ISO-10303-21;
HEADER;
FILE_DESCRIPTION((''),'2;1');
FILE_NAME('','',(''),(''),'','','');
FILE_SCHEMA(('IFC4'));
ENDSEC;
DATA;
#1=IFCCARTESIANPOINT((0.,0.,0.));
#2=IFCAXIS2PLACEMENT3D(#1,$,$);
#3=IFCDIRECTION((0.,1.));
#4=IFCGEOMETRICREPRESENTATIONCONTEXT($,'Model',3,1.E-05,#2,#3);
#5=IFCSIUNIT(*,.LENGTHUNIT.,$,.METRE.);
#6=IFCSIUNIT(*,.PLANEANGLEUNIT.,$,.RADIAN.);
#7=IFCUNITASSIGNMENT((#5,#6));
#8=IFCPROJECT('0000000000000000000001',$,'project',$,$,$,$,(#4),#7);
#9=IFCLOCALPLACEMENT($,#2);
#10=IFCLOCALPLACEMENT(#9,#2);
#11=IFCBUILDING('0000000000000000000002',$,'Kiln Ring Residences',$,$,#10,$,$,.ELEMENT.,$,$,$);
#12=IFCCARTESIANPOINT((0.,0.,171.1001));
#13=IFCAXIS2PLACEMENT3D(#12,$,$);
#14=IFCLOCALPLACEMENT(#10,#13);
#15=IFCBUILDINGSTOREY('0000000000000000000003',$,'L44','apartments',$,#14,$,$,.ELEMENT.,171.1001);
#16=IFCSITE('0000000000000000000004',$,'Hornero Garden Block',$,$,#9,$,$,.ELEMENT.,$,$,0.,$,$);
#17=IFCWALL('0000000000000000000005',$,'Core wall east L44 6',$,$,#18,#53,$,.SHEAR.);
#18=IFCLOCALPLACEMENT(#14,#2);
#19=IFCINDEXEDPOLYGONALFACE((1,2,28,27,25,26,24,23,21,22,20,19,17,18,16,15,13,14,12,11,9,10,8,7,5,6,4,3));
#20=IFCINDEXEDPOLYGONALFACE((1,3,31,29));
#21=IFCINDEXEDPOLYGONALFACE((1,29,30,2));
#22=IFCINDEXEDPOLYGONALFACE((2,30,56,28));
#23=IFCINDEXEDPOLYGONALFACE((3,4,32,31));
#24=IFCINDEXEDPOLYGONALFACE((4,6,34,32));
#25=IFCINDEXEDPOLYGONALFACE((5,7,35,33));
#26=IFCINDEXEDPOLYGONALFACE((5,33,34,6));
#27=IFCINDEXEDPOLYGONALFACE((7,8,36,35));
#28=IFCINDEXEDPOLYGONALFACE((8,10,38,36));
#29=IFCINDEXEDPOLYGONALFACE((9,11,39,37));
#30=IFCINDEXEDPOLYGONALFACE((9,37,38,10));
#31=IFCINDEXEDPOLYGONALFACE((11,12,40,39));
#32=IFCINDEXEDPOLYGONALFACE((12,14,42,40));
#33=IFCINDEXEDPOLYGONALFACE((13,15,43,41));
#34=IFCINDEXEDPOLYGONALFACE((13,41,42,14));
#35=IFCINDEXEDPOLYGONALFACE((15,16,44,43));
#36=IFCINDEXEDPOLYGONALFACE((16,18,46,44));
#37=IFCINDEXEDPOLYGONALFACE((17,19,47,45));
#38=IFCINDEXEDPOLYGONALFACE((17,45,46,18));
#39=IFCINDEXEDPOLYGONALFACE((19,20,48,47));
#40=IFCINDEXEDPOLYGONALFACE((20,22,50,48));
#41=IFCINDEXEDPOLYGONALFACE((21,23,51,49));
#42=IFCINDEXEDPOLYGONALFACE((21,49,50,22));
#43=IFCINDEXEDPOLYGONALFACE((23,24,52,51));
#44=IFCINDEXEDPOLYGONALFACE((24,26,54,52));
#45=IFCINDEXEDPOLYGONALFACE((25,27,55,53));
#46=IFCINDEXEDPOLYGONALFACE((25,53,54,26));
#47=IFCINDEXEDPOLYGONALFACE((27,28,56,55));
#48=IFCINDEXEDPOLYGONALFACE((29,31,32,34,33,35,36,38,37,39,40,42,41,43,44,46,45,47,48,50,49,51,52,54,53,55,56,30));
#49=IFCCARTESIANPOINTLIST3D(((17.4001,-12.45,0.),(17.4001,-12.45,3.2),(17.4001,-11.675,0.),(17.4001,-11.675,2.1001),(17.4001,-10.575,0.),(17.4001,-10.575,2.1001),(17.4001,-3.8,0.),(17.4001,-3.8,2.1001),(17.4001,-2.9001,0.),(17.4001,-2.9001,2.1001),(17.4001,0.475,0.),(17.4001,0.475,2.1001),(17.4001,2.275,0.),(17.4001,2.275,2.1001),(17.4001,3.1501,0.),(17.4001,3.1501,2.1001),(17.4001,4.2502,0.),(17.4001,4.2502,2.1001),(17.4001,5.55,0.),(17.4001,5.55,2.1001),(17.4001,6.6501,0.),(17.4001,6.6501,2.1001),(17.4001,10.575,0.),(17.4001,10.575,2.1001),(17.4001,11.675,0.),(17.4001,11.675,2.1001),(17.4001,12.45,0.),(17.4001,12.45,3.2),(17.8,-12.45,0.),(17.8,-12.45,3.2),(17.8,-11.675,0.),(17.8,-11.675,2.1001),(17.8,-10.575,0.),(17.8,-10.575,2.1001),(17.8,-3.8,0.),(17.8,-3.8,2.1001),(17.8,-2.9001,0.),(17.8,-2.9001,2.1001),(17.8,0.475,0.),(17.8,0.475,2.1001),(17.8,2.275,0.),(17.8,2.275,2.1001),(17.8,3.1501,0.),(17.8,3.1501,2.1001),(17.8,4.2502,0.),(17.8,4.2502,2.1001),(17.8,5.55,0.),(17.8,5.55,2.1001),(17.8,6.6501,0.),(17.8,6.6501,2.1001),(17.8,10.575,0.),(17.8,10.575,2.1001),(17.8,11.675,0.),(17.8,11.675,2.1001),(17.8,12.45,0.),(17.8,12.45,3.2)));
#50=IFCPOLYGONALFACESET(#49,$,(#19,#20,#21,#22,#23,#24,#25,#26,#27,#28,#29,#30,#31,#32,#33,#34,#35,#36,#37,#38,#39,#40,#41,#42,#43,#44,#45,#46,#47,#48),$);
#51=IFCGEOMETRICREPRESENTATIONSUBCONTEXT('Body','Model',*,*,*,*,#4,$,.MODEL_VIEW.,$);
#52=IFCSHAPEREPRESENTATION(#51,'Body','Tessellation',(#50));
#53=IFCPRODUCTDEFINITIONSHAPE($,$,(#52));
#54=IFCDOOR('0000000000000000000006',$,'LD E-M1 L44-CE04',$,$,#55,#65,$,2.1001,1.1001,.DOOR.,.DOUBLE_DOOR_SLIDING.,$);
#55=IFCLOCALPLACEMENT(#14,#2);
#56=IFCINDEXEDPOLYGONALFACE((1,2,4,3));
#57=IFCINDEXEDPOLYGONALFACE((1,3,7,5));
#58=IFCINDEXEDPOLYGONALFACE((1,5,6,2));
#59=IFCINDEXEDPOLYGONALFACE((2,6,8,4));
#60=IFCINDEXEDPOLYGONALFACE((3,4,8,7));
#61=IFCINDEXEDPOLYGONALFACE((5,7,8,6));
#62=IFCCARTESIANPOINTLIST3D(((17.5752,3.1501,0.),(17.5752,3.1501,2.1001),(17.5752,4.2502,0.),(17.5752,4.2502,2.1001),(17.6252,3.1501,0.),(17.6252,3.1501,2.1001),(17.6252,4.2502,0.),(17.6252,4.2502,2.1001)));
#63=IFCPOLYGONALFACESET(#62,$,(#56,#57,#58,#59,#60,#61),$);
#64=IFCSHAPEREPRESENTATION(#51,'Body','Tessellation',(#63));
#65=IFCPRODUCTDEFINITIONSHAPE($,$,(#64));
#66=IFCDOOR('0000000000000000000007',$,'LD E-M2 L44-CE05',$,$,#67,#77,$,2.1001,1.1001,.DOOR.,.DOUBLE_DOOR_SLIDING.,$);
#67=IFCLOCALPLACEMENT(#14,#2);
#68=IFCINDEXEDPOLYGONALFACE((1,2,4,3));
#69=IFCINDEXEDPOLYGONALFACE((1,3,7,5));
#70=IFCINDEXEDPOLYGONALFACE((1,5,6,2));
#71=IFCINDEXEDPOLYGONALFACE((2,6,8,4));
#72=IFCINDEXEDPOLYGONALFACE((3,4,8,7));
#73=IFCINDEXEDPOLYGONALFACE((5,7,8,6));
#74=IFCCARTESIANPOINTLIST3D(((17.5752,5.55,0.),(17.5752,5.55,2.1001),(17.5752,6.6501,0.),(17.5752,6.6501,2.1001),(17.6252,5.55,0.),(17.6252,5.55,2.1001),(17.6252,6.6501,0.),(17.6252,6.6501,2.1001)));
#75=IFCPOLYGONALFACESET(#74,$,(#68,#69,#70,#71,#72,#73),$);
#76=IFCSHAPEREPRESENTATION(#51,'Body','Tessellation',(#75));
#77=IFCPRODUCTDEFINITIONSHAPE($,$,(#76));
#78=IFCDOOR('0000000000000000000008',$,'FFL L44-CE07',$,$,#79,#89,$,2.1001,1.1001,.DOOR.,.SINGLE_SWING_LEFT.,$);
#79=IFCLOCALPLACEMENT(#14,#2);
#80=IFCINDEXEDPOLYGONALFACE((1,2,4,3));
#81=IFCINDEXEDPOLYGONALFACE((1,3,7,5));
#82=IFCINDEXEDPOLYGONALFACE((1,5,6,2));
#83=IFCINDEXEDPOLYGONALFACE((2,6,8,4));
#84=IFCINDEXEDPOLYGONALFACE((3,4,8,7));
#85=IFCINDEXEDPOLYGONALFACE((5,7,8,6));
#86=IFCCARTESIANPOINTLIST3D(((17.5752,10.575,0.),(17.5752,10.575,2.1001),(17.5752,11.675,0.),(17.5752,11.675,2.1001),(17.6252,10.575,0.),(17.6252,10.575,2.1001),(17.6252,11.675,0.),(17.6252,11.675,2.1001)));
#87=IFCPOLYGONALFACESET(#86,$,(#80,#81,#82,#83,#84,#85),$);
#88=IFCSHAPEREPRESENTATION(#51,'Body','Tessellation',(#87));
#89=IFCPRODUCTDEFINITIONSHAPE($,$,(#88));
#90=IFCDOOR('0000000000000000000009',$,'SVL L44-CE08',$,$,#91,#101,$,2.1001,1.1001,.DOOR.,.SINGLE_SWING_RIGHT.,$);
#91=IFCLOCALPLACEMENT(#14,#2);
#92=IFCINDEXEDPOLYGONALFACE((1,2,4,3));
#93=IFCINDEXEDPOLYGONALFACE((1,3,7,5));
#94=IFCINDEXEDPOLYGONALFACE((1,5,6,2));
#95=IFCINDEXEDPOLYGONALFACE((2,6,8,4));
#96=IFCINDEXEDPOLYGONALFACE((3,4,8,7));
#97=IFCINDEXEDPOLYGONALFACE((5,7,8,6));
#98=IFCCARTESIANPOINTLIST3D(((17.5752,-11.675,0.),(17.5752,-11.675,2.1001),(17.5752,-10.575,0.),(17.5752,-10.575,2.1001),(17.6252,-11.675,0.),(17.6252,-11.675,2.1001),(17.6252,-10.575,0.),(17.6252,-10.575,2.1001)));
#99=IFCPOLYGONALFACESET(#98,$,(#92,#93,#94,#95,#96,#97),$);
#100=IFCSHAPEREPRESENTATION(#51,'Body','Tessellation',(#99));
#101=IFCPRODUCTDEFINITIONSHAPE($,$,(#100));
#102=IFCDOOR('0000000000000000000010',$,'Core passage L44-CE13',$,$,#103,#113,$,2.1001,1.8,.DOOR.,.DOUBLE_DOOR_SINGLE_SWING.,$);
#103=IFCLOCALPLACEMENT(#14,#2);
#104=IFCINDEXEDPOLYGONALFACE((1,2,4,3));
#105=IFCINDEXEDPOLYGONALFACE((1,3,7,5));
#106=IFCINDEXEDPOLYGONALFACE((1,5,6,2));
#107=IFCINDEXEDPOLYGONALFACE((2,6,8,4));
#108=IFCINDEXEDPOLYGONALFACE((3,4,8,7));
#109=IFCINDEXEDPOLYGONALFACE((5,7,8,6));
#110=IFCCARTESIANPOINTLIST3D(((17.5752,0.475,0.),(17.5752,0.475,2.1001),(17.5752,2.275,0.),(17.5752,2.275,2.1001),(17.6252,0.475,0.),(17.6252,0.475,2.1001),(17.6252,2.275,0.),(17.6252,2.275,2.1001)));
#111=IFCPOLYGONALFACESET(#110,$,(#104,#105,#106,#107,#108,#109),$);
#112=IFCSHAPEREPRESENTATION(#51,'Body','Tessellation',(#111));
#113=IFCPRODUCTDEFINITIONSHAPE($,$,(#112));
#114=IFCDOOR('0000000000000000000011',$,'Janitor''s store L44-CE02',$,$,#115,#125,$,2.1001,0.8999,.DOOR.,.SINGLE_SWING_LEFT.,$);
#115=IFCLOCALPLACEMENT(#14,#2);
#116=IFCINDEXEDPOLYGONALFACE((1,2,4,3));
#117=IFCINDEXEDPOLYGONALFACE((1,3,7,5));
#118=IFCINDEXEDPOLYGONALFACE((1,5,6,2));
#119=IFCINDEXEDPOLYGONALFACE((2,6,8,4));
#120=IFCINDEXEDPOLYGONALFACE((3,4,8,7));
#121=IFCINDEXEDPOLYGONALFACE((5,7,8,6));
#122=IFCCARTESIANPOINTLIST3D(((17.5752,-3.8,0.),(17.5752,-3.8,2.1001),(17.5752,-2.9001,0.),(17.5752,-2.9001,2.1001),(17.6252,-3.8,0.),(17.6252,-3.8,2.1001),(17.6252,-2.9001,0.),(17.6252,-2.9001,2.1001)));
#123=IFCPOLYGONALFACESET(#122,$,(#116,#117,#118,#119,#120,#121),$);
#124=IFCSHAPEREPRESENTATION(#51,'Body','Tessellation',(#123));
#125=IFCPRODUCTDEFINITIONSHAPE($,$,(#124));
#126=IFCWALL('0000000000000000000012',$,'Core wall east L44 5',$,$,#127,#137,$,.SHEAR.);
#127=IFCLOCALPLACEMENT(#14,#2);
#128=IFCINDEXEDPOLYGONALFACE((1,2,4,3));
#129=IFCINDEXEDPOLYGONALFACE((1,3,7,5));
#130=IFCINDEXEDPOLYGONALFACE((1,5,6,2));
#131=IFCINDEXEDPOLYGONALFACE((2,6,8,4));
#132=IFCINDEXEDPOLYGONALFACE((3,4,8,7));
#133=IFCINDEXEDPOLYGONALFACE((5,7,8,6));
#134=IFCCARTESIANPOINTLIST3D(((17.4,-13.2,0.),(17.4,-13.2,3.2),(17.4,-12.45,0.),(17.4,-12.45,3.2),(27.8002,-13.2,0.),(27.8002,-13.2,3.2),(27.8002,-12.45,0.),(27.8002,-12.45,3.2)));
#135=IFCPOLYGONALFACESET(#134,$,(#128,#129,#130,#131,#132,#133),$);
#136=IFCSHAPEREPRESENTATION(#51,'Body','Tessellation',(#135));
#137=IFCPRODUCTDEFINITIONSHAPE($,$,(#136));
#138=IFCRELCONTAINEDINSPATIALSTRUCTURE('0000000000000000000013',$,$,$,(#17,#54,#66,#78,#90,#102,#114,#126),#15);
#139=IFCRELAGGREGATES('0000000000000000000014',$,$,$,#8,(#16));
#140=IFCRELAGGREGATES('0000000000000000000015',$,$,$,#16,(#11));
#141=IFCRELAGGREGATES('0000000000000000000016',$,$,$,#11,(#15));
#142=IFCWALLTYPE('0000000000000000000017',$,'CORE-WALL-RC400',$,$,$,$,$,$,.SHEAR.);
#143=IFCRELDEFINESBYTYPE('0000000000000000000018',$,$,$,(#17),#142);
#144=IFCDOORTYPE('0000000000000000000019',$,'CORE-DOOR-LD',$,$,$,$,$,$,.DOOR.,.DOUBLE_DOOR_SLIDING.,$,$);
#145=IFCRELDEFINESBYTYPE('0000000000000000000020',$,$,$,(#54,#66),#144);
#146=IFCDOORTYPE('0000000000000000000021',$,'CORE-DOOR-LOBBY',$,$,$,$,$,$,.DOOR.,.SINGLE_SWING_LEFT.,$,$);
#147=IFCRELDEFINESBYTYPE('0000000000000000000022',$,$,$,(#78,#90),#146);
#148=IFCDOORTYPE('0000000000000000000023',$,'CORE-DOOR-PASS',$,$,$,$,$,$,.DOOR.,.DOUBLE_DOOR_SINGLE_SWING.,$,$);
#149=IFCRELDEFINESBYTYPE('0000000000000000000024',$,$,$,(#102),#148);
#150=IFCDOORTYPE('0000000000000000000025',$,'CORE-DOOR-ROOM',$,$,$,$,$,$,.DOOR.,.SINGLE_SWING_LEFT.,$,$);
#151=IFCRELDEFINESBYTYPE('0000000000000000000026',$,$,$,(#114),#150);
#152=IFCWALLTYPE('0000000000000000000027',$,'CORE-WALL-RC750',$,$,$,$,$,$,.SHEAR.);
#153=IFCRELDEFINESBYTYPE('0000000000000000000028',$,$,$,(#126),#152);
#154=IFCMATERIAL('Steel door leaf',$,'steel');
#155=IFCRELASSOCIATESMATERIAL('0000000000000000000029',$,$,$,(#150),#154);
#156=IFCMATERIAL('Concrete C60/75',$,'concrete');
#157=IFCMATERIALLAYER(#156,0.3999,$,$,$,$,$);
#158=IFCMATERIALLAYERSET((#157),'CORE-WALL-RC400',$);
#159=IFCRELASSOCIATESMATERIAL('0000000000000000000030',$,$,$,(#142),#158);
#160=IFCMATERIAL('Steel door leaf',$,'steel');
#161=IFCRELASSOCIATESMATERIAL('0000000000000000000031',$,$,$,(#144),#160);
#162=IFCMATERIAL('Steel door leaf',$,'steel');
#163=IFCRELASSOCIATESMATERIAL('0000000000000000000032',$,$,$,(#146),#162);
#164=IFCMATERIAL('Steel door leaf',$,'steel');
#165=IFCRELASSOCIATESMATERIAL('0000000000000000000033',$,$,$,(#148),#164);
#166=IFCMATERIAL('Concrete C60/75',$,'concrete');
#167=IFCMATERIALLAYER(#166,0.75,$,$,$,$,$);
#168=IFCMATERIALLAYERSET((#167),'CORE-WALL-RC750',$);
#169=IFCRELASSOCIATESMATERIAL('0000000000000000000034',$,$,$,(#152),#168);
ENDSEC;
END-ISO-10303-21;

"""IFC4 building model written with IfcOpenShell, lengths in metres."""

from ifc_helpers import new_model, si_unit, direction, frame, frame_2d, origin, place, context, subcontext, project, spatial, rectangle, extrude, material, layer, layer_set, type_object, element, fill, save


model = new_model("IFC4")

# Units and contexts
model_context = context("Model", 3, precision=1e-05, world=origin(), true_north=direction((0.0, 1.0)))
body_context = subcontext(model_context, "Body", "Model", "MODEL_VIEW")
ifc_project = project(units=[si_unit("LENGTHUNIT", "METRE"), si_unit("PLANEANGLEUNIT", "RADIAN")], contexts=[model_context])

# Site, building, storey
site_placement = place(None, origin())
site = spatial("IfcSite", under=ifc_project, at=site_placement, Name="Hornero Garden Block", CompositionType="ELEMENT", RefElevation=0.0)
building_placement = place(site_placement, origin())
building = spatial("IfcBuilding", under=site, at=building_placement, Name="Kiln Ring Residences", CompositionType="ELEMENT")
storey_placement = place(building_placement, frame((0.0, 0.0, 171.1001)))
storey = spatial("IfcBuildingStorey", under=building, at=storey_placement, Name="L44", Description="apartments", CompositionType="ELEMENT", Elevation=171.1001)

# Shared definitions
ifc_material_1 = material(Name="Steel door leaf", Category="steel")
door_type_1 = type_object("IfcDoorType", Name="CORE-DOOR-ROOM", OperationType="SINGLE_SWING_LEFT", PredefinedType="DOOR", material=ifc_material_1)

# Wall, openings, doors
ifc_material_2 = material(Name="Concrete C60/75", Category="concrete")
ifc_layer_1 = layer(ifc_material_2, 0.3999)
ifc_layer_set_1 = layer_set([ifc_layer_1], Name="CORE-WALL-RC400")
wall_type_1 = type_object("IfcWallType", Name="CORE-WALL-RC400", PredefinedType="SHEAR", material=ifc_layer_set_1)
wall_1_placement = place(storey_placement, frame((17.6001, -12.45, 0.0), z_axis=(0.0, 0.0, 1.0), x_axis=(0.0, 1.0, 0.0)))
wall_1 = element("IfcWall", 1, at=wall_1_placement, inside=storey, type_object=wall_type_1, Name="Core wall east L44 6", PredefinedType="SHEAR", context=body_context, shape_type="SweptSolid", body=[
    extrude(rectangle(XDim=24.8999, YDim=0.3999, at=frame_2d((12.45, 0.0))), origin(), (0.0, 0.0, 1.0), 3.2),
])
opening_1_placement = place(wall_1_placement, frame((8.6499, 0.0, 0.0)))
opening_1 = element("IfcOpeningElement", 2, at=opening_1_placement, cuts=wall_1, PredefinedType="OPENING", context=body_context, shape_type="SweptSolid", body=[
    extrude(rectangle(XDim=0.8999, YDim=2.1001, at=frame_2d((0.45, 1.05))), frame((0.0, 0.21, 0.0), z_axis=(0.0, -1.0, 0.0), x_axis=(1.0, 0.0, 0.0)), (0.0, 0.0, 1.0), 0.4199),
])
opening_2_placement = place(wall_1_placement, frame((15.6001, 0.0, 0.0)))
opening_2 = element("IfcOpeningElement", 3, at=opening_2_placement, cuts=wall_1, PredefinedType="OPENING", context=body_context, shape_type="SweptSolid", body=[
    extrude(rectangle(XDim=1.1001, YDim=2.1001, at=frame_2d((0.55, 1.05))), frame((0.0, 0.21, 0.0), z_axis=(0.0, -1.0, 0.0), x_axis=(1.0, 0.0, 0.0)), (0.0, 0.0, 1.0), 0.4199),
])
opening_3_placement = place(wall_1_placement, frame((18.0, 0.0, 0.0)))
opening_3 = element("IfcOpeningElement", 4, at=opening_3_placement, cuts=wall_1, PredefinedType="OPENING", context=body_context, shape_type="SweptSolid", body=[
    extrude(rectangle(XDim=1.1001, YDim=2.1001, at=frame_2d((0.55, 1.05))), frame((0.0, 0.21, 0.0), z_axis=(0.0, -1.0, 0.0), x_axis=(1.0, 0.0, 0.0)), (0.0, 0.0, 1.0), 0.4199),
])
opening_4_placement = place(wall_1_placement, frame((23.0249, 0.0, 0.0)))
opening_4 = element("IfcOpeningElement", 5, at=opening_4_placement, cuts=wall_1, PredefinedType="OPENING", context=body_context, shape_type="SweptSolid", body=[
    extrude(rectangle(XDim=1.1001, YDim=2.1001, at=frame_2d((0.55, 1.05))), frame((0.0, 0.21, 0.0), z_axis=(0.0, -1.0, 0.0), x_axis=(1.0, 0.0, 0.0)), (0.0, 0.0, 1.0), 0.4199),
])
opening_5_placement = place(wall_1_placement, frame((0.7749, 0.0, 0.0)))
opening_5 = element("IfcOpeningElement", 6, at=opening_5_placement, cuts=wall_1, PredefinedType="OPENING", context=body_context, shape_type="SweptSolid", body=[
    extrude(rectangle(XDim=1.1001, YDim=2.1001, at=frame_2d((0.55, 1.05))), frame((0.0, 0.21, 0.0), z_axis=(0.0, -1.0, 0.0), x_axis=(1.0, 0.0, 0.0)), (0.0, 0.0, 1.0), 0.4199),
])
opening_6_placement = place(wall_1_placement, frame((12.925, 0.0, 0.0)))
opening_6 = element("IfcOpeningElement", 7, at=opening_6_placement, cuts=wall_1, PredefinedType="OPENING", context=body_context, shape_type="SweptSolid", body=[
    extrude(rectangle(XDim=1.8, YDim=2.1001, at=frame_2d((0.8999, 1.05))), frame((0.0, 0.21, 0.0), z_axis=(0.0, -1.0, 0.0), x_axis=(1.0, 0.0, 0.0)), (0.0, 0.0, 1.0), 0.4199),
])
ifc_material_3 = material(Name="Steel door leaf", Category="steel")
door_type_2 = type_object("IfcDoorType", Name="CORE-DOOR-LD", OperationType="DOUBLE_DOOR_SLIDING", PredefinedType="DOOR", material=ifc_material_3)
door_1_placement = place(opening_2_placement, origin())
door_1 = element("IfcDoor", 8, at=door_1_placement, inside=storey, type_object=door_type_2, Name="LD E-M1 L44-CE04", OperationType="DOUBLE_DOOR_SLIDING", OverallHeight=2.1001, OverallWidth=1.1001, PredefinedType="DOOR", context=body_context, shape_type="SweptSolid", body=[
    extrude(rectangle(XDim=1.1001, YDim=2.1001, at=frame_2d((0.55, 1.05))), frame((0.0, 0.0249, 0.0), z_axis=(0.0, -1.0, 0.0), x_axis=(1.0, 0.0, 0.0)), (0.0, 0.0, 1.0), 0.05),
])
fill(opening_2, door_1)
door_2_placement = place(opening_3_placement, origin())
door_2 = element("IfcDoor", 9, at=door_2_placement, inside=storey, type_object=door_type_2, Name="LD E-M2 L44-CE05", OperationType="DOUBLE_DOOR_SLIDING", OverallHeight=2.1001, OverallWidth=1.1001, PredefinedType="DOOR", context=body_context, shape_type="SweptSolid", body=[
    extrude(rectangle(XDim=1.1001, YDim=2.1001, at=frame_2d((0.55, 1.05))), frame((0.0, 0.0249, 0.0), z_axis=(0.0, -1.0, 0.0), x_axis=(1.0, 0.0, 0.0)), (0.0, 0.0, 1.0), 0.05),
])
fill(opening_3, door_2)
ifc_material_4 = material(Name="Steel door leaf", Category="steel")
door_type_3 = type_object("IfcDoorType", Name="CORE-DOOR-LOBBY", OperationType="SINGLE_SWING_LEFT", PredefinedType="DOOR", material=ifc_material_4)
door_3_placement = place(opening_4_placement, origin())
door_3 = element("IfcDoor", 10, at=door_3_placement, inside=storey, type_object=door_type_3, Name="FFL L44-CE07", OperationType="SINGLE_SWING_LEFT", OverallHeight=2.1001, OverallWidth=1.1001, PredefinedType="DOOR", context=body_context, shape_type="SweptSolid", body=[
    extrude(rectangle(XDim=1.1001, YDim=2.1001, at=frame_2d((0.55, 1.05))), frame((0.0, 0.0249, 0.0), z_axis=(0.0, -1.0, 0.0), x_axis=(1.0, 0.0, 0.0)), (0.0, 0.0, 1.0), 0.05),
])
fill(opening_4, door_3)
door_4_placement = place(opening_5_placement, origin())
door_4 = element("IfcDoor", 11, at=door_4_placement, inside=storey, type_object=door_type_3, Name="SVL L44-CE08", OperationType="SINGLE_SWING_RIGHT", OverallHeight=2.1001, OverallWidth=1.1001, PredefinedType="DOOR", context=body_context, shape_type="SweptSolid", body=[
    extrude(rectangle(XDim=1.1001, YDim=2.1001, at=frame_2d((0.55, 1.05))), frame((0.0, 0.0249, 0.0), z_axis=(0.0, -1.0, 0.0), x_axis=(1.0, 0.0, 0.0)), (0.0, 0.0, 1.0), 0.05),
])
fill(opening_5, door_4)
ifc_material_5 = material(Name="Steel door leaf", Category="steel")
door_type_4 = type_object("IfcDoorType", Name="CORE-DOOR-PASS", OperationType="DOUBLE_DOOR_SINGLE_SWING", PredefinedType="DOOR", material=ifc_material_5)
door_5_placement = place(opening_6_placement, origin())
door_5 = element("IfcDoor", 12, at=door_5_placement, inside=storey, type_object=door_type_4, Name="Core passage L44-CE13", OperationType="DOUBLE_DOOR_SINGLE_SWING", OverallHeight=2.1001, OverallWidth=1.8, PredefinedType="DOOR", context=body_context, shape_type="SweptSolid", body=[
    extrude(rectangle(XDim=1.8, YDim=2.1001, at=frame_2d((0.8999, 1.05))), frame((0.0, 0.0249, 0.0), z_axis=(0.0, -1.0, 0.0), x_axis=(1.0, 0.0, 0.0)), (0.0, 0.0, 1.0), 0.05),
])
fill(opening_6, door_5)
door_6_placement = place(opening_1_placement, origin())
door_6 = element("IfcDoor", 13, at=door_6_placement, inside=storey, type_object=door_type_1, Name="Janitor's store L44-CE02", OperationType="SINGLE_SWING_LEFT", OverallHeight=2.1001, OverallWidth=0.8999, PredefinedType="DOOR", context=body_context, shape_type="SweptSolid", body=[
    extrude(rectangle(XDim=0.8999, YDim=2.1001, at=frame_2d((0.45, 1.05))), frame((0.0, 0.0249, 0.0), z_axis=(0.0, -1.0, 0.0), x_axis=(1.0, 0.0, 0.0)), (0.0, 0.0, 1.0), 0.05),
])
fill(opening_1, door_6)

# Wall
ifc_material_6 = material(Name="Concrete C60/75", Category="concrete")
ifc_layer_2 = layer(ifc_material_6, 0.75)
ifc_layer_set_2 = layer_set([ifc_layer_2], Name="CORE-WALL-RC750")
wall_type_2 = type_object("IfcWallType", Name="CORE-WALL-RC750", PredefinedType="SHEAR", material=ifc_layer_set_2)
wall_2_placement = place(storey_placement, frame((17.3999, -12.825, 0.0), z_axis=(0.0, 0.0, 1.0), x_axis=(1.0, 0.0, 0.0)))
element("IfcWall", 14, at=wall_2_placement, inside=storey, type_object=wall_type_2, Name="Core wall east L44 5", PredefinedType="SHEAR", context=body_context, shape_type="SweptSolid", body=[
    extrude(rectangle(XDim=10.4001, YDim=0.75, at=frame_2d((5.2002, 0.0))), origin(), (0.0, 0.0, 1.0), 3.2),
])

save(model, "model.ifc")
